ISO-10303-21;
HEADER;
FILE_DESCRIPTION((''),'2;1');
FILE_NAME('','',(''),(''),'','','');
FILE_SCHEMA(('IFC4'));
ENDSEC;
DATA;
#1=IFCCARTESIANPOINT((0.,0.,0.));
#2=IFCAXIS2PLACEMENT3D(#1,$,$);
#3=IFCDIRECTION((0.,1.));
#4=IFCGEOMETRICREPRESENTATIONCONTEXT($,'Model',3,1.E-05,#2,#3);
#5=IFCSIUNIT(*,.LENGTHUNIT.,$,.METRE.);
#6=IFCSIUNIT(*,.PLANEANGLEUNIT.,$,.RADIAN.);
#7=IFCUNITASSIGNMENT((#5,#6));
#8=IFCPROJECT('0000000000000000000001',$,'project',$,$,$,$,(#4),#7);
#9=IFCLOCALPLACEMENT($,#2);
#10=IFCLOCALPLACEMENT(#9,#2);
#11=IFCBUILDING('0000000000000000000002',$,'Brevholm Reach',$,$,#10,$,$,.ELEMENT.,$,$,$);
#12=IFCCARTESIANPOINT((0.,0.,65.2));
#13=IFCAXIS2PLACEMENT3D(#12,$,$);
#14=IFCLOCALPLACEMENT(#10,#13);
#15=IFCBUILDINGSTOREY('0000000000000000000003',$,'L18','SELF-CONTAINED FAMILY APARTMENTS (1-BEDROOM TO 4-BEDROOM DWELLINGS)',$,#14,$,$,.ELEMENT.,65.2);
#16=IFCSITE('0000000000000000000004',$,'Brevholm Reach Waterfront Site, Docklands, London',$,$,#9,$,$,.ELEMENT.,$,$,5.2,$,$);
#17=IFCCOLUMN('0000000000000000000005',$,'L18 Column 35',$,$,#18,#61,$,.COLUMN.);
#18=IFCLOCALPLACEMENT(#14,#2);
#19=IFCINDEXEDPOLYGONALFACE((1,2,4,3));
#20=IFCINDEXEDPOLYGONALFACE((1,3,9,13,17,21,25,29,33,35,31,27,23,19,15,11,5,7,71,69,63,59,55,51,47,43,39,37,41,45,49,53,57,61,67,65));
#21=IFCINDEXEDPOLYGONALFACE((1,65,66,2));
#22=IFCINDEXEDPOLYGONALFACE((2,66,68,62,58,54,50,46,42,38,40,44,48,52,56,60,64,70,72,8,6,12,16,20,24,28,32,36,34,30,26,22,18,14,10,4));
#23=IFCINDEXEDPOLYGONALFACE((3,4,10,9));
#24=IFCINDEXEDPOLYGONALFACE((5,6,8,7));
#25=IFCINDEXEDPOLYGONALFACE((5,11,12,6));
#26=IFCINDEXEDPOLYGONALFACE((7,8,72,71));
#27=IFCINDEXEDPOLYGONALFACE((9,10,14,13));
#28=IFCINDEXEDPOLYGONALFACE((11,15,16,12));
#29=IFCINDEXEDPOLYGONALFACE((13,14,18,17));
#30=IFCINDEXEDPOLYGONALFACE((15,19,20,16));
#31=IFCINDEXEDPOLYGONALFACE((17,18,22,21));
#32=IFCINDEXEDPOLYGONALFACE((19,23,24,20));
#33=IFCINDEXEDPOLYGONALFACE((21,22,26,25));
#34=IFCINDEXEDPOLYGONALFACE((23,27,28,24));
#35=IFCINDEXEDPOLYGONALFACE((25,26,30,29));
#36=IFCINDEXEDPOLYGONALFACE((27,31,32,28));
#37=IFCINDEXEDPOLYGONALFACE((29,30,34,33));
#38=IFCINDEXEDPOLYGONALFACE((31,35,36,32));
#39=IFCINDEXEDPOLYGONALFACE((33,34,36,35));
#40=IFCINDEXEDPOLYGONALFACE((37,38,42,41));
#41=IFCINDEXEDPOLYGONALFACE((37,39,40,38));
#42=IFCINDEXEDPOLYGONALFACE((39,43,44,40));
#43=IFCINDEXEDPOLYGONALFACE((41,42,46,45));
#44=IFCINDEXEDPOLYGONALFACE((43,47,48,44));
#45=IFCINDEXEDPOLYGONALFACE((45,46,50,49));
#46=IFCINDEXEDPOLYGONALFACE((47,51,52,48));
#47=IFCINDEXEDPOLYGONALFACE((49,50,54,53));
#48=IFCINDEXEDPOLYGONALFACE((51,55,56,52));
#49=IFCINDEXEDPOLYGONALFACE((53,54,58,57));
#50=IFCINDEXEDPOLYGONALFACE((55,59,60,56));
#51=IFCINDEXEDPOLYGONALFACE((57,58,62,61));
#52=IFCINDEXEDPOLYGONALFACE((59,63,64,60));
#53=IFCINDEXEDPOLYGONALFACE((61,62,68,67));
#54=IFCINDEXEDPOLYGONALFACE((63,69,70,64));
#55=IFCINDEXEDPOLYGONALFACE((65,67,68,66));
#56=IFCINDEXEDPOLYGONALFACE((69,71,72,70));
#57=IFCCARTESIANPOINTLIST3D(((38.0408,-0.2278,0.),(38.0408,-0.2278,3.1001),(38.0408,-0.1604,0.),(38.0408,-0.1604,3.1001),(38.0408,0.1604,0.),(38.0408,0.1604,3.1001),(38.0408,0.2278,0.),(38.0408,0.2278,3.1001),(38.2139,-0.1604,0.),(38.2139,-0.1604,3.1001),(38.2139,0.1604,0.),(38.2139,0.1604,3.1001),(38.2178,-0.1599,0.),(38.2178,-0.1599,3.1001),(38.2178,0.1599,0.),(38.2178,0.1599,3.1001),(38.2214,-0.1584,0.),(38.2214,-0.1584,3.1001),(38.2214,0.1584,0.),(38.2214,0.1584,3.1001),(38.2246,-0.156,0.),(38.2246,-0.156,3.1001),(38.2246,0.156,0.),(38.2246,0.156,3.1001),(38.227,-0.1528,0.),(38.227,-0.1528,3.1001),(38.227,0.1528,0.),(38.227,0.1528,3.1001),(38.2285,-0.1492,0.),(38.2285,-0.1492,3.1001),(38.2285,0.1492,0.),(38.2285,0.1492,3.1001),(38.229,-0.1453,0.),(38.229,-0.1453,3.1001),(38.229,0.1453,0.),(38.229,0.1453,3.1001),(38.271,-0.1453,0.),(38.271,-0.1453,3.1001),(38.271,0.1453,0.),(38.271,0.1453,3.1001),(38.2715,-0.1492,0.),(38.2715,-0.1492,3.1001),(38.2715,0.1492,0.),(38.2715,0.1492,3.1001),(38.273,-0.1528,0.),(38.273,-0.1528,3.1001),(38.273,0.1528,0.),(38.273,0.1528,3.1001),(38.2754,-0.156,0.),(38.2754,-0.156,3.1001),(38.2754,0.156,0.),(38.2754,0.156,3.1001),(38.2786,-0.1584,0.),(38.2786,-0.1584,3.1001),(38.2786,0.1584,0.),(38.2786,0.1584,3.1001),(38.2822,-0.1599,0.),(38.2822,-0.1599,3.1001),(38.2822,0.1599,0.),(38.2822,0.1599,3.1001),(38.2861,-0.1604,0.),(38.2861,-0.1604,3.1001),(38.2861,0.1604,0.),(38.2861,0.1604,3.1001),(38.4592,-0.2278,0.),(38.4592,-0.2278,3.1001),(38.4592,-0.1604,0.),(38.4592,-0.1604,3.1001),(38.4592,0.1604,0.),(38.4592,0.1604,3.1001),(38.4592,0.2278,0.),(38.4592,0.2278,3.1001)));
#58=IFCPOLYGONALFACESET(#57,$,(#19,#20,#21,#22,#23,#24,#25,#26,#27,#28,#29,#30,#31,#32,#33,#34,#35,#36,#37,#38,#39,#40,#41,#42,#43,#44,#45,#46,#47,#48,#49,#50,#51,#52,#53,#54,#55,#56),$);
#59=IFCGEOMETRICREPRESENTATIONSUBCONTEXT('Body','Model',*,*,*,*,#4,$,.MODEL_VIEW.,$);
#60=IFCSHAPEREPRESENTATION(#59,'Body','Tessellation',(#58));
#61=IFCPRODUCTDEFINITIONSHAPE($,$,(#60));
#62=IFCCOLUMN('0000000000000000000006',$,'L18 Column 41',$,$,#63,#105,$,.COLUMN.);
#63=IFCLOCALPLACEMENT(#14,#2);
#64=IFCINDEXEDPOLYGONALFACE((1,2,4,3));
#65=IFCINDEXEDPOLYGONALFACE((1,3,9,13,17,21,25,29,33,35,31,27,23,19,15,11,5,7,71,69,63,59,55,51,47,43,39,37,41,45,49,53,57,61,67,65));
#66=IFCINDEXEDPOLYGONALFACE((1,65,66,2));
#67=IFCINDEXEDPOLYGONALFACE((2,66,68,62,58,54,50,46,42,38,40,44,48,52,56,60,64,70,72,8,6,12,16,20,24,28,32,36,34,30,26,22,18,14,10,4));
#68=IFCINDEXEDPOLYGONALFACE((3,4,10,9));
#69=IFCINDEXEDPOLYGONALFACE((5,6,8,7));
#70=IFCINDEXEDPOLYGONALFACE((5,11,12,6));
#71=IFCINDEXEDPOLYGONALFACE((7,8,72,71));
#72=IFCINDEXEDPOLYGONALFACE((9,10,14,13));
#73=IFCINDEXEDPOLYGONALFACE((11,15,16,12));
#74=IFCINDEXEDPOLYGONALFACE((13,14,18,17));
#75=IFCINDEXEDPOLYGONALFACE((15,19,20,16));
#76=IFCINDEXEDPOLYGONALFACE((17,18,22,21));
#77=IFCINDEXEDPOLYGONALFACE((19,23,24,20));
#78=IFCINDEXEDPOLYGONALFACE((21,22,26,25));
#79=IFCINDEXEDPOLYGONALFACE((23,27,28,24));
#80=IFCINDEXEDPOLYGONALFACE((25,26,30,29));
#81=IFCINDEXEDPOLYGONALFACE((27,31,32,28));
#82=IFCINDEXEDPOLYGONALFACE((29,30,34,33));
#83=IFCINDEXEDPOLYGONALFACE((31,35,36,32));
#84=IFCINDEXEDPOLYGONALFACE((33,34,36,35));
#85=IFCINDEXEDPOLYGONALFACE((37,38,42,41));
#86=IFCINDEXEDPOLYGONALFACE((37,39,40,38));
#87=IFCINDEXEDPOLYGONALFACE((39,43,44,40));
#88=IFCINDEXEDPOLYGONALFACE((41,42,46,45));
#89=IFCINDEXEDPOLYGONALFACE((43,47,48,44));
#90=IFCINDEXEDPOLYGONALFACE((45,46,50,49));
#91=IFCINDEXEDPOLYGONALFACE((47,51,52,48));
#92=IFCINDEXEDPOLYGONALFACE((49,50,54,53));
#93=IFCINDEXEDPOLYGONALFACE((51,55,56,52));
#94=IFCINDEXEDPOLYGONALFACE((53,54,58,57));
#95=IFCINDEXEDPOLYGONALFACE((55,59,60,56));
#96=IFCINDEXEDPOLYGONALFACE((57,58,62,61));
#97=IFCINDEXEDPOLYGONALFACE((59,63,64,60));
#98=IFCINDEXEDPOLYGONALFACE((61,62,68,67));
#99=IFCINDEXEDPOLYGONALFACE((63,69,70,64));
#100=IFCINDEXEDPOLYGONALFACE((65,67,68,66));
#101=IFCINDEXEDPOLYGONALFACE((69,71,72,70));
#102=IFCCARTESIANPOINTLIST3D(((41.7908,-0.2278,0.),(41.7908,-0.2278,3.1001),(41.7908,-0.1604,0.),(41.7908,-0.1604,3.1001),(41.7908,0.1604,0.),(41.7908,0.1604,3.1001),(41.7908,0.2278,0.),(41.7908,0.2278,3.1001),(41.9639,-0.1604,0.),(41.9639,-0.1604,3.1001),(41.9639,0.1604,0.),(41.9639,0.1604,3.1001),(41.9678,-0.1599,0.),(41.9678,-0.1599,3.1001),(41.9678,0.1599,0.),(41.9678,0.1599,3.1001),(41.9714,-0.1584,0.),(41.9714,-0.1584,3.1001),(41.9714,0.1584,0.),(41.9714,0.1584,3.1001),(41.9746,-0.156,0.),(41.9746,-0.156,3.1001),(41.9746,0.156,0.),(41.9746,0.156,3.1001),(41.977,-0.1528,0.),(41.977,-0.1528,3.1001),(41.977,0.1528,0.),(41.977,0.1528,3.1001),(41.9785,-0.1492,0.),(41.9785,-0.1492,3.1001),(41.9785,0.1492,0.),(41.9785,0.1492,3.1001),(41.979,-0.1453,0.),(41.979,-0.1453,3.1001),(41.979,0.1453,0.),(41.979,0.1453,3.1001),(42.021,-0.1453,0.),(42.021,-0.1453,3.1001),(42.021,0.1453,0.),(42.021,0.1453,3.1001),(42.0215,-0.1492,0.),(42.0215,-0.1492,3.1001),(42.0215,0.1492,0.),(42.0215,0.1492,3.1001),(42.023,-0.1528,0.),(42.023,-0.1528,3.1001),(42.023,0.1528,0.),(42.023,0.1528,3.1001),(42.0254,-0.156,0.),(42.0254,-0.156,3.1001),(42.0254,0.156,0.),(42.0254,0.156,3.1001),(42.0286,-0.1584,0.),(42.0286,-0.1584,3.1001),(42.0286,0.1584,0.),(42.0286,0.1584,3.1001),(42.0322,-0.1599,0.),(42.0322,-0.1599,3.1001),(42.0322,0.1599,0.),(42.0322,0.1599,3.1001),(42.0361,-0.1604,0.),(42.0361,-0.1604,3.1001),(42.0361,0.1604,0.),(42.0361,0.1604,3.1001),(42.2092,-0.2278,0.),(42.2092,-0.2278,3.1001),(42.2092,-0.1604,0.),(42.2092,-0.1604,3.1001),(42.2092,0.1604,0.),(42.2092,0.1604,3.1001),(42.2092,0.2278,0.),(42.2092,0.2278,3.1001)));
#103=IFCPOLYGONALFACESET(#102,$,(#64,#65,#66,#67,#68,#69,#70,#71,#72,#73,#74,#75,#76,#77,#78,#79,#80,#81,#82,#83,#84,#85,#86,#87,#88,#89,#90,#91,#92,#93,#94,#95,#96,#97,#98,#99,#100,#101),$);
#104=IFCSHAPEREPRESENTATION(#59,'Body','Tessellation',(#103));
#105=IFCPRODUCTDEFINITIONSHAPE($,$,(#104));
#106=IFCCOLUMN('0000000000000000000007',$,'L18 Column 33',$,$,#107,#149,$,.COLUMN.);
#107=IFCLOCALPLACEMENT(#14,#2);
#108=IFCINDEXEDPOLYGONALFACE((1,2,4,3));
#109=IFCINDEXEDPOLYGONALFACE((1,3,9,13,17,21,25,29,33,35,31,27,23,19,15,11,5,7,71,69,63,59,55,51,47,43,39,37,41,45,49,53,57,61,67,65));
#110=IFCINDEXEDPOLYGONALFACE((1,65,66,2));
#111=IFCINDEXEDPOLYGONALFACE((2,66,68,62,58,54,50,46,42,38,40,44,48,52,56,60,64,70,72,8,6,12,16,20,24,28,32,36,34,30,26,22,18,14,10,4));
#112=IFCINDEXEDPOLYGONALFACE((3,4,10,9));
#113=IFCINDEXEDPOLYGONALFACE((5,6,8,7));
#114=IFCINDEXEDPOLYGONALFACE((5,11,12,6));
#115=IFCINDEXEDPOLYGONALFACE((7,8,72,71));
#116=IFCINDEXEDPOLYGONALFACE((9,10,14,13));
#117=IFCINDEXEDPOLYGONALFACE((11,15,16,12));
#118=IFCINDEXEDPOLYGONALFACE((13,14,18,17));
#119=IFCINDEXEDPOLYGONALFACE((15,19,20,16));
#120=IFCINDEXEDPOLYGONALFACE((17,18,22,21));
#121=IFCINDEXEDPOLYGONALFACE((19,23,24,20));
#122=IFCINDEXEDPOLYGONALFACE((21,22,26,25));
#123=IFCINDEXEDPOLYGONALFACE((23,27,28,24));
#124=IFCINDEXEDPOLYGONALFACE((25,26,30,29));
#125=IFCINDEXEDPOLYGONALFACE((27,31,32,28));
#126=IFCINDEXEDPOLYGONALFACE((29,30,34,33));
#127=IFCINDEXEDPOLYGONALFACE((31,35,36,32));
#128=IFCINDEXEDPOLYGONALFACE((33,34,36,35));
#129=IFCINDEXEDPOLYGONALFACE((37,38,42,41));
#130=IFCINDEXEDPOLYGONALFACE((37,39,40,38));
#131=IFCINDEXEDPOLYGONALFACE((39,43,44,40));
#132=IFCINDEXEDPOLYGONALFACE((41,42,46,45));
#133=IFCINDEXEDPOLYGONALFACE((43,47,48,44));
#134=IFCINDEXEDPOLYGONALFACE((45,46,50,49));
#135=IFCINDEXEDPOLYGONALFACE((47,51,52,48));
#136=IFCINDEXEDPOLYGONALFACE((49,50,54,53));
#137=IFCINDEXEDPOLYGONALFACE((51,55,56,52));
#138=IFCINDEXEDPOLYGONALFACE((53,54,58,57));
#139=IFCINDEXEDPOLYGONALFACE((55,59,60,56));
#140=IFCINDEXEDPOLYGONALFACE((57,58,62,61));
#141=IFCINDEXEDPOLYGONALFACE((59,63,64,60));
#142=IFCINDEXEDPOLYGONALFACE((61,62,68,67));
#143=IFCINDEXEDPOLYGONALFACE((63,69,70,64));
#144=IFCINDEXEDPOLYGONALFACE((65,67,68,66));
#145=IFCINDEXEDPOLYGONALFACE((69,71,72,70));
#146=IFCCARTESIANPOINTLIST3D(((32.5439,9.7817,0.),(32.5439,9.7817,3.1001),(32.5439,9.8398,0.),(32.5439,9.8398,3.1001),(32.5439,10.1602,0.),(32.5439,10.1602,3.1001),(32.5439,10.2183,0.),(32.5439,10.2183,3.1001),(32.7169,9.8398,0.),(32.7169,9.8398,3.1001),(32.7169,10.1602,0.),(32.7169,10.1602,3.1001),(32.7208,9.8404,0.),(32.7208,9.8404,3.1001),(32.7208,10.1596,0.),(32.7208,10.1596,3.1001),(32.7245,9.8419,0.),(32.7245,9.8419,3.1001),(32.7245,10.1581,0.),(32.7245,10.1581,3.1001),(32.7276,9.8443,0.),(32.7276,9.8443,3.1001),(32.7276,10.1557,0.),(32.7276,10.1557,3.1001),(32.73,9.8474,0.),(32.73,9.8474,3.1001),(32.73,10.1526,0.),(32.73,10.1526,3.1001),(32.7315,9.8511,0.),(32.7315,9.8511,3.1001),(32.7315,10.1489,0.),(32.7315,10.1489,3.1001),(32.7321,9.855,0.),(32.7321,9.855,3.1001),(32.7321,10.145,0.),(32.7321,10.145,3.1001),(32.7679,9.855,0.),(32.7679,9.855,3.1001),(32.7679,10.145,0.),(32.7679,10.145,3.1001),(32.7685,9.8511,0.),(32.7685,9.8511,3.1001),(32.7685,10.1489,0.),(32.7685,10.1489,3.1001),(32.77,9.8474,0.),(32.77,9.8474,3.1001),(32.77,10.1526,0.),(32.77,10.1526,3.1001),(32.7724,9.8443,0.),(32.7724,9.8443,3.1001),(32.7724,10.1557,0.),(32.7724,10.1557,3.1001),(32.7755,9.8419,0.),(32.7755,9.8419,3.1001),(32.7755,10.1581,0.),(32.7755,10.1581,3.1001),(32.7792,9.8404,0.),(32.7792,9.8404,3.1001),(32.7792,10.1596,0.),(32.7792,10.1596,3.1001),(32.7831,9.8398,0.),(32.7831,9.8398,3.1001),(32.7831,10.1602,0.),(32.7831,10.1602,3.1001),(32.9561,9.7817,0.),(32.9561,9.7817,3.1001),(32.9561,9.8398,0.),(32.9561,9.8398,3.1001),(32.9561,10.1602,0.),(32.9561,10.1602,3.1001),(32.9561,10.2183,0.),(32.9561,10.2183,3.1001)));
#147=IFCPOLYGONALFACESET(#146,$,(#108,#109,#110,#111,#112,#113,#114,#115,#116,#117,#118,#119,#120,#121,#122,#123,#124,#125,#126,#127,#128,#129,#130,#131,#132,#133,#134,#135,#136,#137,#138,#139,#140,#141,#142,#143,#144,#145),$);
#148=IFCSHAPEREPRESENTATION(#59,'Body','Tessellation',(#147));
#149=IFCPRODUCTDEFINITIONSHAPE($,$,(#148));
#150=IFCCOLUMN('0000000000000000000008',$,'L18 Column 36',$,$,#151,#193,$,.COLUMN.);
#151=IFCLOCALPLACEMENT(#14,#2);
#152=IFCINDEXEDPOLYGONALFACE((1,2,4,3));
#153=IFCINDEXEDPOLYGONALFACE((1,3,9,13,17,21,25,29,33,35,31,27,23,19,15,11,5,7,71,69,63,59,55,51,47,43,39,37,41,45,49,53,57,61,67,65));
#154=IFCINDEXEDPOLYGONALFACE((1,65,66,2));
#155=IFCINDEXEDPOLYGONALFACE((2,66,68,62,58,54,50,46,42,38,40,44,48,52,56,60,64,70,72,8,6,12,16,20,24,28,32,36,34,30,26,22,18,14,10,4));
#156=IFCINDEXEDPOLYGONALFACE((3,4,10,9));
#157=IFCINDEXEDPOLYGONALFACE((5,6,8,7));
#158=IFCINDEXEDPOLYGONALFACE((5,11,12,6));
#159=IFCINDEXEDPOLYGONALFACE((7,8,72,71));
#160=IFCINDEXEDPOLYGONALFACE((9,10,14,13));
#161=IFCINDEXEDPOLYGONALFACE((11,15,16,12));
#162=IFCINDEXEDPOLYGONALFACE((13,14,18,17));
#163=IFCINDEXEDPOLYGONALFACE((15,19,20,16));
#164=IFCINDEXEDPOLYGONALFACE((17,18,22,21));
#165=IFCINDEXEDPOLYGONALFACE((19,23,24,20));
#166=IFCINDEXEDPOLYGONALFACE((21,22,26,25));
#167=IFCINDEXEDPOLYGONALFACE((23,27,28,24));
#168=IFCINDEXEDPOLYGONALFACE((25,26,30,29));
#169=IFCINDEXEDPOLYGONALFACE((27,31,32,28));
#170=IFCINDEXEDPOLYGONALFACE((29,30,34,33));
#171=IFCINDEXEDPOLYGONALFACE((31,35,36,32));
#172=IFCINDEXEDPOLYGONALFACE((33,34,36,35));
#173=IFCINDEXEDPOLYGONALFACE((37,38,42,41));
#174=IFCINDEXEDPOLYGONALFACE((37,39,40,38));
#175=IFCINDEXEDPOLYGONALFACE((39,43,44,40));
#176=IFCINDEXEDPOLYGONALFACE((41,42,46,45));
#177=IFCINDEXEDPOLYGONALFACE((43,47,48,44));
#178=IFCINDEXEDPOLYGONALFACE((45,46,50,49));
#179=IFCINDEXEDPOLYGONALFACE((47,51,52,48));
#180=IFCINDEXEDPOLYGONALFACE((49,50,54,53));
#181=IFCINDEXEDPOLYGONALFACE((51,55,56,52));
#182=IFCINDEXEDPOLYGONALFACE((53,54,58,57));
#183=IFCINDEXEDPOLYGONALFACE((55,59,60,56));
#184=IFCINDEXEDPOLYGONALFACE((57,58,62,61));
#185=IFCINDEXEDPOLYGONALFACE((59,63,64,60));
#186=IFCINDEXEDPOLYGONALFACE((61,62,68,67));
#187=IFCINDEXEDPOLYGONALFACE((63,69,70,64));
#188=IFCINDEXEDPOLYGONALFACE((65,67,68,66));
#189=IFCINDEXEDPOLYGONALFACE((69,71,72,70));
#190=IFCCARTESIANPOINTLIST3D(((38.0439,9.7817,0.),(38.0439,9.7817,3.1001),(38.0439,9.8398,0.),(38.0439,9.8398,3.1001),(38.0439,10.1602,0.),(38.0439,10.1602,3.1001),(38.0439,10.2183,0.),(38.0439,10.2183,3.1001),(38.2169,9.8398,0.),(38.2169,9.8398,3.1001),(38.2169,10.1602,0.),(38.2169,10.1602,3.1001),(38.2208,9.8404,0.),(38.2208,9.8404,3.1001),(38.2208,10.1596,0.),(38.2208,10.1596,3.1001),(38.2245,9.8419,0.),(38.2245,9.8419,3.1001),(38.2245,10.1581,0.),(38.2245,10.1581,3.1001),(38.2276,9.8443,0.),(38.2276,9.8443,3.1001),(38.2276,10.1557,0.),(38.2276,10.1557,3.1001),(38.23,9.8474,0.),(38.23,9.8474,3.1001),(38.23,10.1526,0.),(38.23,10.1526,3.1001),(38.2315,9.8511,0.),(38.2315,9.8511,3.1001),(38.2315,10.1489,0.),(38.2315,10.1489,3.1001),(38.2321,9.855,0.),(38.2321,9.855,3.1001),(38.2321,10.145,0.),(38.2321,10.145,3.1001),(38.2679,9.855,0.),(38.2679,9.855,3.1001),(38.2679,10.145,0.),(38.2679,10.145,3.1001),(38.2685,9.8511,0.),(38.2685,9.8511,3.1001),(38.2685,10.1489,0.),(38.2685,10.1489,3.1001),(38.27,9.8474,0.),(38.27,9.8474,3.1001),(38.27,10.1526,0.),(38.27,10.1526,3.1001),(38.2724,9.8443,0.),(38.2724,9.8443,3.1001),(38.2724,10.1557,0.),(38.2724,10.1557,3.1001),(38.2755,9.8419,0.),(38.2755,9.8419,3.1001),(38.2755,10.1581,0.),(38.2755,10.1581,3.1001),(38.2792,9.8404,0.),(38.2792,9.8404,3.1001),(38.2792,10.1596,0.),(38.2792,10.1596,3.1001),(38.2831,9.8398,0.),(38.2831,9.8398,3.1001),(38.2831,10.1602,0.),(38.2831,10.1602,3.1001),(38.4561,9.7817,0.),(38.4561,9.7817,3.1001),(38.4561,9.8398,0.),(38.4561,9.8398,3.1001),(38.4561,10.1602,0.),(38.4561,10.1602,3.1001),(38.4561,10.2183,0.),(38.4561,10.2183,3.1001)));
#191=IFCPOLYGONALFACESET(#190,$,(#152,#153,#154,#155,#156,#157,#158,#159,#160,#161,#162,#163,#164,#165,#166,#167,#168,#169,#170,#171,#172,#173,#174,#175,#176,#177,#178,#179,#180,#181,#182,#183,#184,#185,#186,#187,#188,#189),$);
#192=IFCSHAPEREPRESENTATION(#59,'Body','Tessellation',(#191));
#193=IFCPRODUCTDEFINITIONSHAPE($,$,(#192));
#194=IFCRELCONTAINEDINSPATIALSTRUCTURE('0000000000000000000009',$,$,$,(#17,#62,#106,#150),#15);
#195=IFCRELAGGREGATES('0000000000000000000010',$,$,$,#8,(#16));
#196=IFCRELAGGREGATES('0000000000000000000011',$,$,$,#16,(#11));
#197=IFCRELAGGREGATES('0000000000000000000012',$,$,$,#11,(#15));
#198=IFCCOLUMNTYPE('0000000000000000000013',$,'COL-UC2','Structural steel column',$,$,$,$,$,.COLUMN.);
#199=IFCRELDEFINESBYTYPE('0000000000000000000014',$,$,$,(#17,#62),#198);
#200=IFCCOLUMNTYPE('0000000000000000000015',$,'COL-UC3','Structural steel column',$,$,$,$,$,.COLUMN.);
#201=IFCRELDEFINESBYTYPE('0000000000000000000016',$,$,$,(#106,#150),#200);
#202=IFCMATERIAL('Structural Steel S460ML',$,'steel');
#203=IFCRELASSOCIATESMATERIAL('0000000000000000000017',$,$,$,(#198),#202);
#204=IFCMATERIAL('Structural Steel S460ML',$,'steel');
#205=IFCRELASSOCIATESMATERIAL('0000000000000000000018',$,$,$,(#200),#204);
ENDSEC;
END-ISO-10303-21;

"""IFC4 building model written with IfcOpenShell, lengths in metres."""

from ifc_helpers import new_model, si_unit, direction, frame, origin, origin_2d, place, context, subcontext, project, spatial, i_section, extrude, material, material_profile, profile_set, type_object, element, save


model = new_model("IFC4")

# Units and contexts
model_context = context("Model", 3, precision=1e-05, world=origin(), true_north=direction((0.0, 1.0)))
body_context = subcontext(model_context, "Body", "Model", "MODEL_VIEW")
ifc_project = project(units=[si_unit("LENGTHUNIT", "METRE"), si_unit("PLANEANGLEUNIT", "RADIAN")], contexts=[model_context])

# Site, building, storey
site_placement = place(None, origin())
site = spatial("IfcSite", under=ifc_project, at=site_placement, Name="Brevholm Reach Waterfront Site, Docklands, London", CompositionType="ELEMENT", RefElevation=5.2)
building_placement = place(site_placement, origin())
building = spatial("IfcBuilding", under=site, at=building_placement, Name="Brevholm Reach", CompositionType="ELEMENT")
storey_placement = place(building_placement, frame((0.0, 0.0, 65.2)))
storey = spatial("IfcBuildingStorey", under=building, at=storey_placement, Name="L18", Description="SELF-CONTAINED FAMILY APARTMENTS (1-BEDROOM TO 4-BEDROOM DWELLINGS)", CompositionType="ELEMENT", Elevation=65.2)

# Columns
ifc_material_1 = material(Name="Structural Steel S460ML", Category="steel")
ifc_material_profile_1 = material_profile(ifc_material_1, i_section(OverallWidth=0.4185, OverallDepth=0.4556, WebThickness=0.042, FlangeThickness=0.0674, FilletRadius=0.0151, at=origin_2d()), Name="UKC 356x406x551")
ifc_profile_set_1 = profile_set([ifc_material_profile_1], Name="Structural Steel S460ML")
column_type_1 = type_object("IfcColumnType", Name="COL-UC2", Description="Structural steel column", PredefinedType="COLUMN", material=ifc_profile_set_1)
for number, where, z_axis, x_axis, name in (
    (1, (38.25, 0.0, 0.0), (0.0, 0.0, 1.0), (1.0, 0.0, 0.0), "L18 Column 35"),
    (2, (42.0, 0.0, 0.0), (0.0, 0.0, 1.0), (1.0, 0.0, 0.0), "L18 Column 41"),
):
    element("IfcColumn", number, at=place(storey_placement, frame(where, z_axis=z_axis, x_axis=x_axis)), inside=storey, type_object=column_type_1, Name=name, PredefinedType="COLUMN", context=body_context, shape_type="SweptSolid", body=[
        extrude(i_section(OverallWidth=0.4185, OverallDepth=0.4556, WebThickness=0.042, FlangeThickness=0.0674, FilletRadius=0.0151, at=origin_2d()), origin(), (0.0, 0.0, 1.0), 3.1001),
    ])
ifc_material_2 = material(Name="Structural Steel S460ML", Category="steel")
ifc_material_profile_2 = material_profile(ifc_material_2, i_section(OverallWidth=0.4121, OverallDepth=0.4365, WebThickness=0.0359, FlangeThickness=0.0581, FilletRadius=0.0151, at=origin_2d()), Name="UKC 356x406x467")
ifc_profile_set_2 = profile_set([ifc_material_profile_2], Name="Structural Steel S460ML")
column_type_2 = type_object("IfcColumnType", Name="COL-UC3", Description="Structural steel column", PredefinedType="COLUMN", material=ifc_profile_set_2)
for number, where, z_axis, x_axis, name in (
    (3, (32.75, 10.0, 0.0), (0.0, 0.0, 1.0), (1.0, 0.0, 0.0), "L18 Column 33"),
    (4, (38.25, 10.0, 0.0), (0.0, 0.0, 1.0), (1.0, 0.0, 0.0), "L18 Column 36"),
):
    element("IfcColumn", number, at=place(storey_placement, frame(where, z_axis=z_axis, x_axis=x_axis)), inside=storey, type_object=column_type_2, Name=name, PredefinedType="COLUMN", context=body_context, shape_type="SweptSolid", body=[
        extrude(i_section(OverallWidth=0.4121, OverallDepth=0.4365, WebThickness=0.0359, FlangeThickness=0.0581, FilletRadius=0.0151, at=origin_2d()), origin(), (0.0, 0.0, 1.0), 3.1001),
    ])

save(model, "model.ifc")
